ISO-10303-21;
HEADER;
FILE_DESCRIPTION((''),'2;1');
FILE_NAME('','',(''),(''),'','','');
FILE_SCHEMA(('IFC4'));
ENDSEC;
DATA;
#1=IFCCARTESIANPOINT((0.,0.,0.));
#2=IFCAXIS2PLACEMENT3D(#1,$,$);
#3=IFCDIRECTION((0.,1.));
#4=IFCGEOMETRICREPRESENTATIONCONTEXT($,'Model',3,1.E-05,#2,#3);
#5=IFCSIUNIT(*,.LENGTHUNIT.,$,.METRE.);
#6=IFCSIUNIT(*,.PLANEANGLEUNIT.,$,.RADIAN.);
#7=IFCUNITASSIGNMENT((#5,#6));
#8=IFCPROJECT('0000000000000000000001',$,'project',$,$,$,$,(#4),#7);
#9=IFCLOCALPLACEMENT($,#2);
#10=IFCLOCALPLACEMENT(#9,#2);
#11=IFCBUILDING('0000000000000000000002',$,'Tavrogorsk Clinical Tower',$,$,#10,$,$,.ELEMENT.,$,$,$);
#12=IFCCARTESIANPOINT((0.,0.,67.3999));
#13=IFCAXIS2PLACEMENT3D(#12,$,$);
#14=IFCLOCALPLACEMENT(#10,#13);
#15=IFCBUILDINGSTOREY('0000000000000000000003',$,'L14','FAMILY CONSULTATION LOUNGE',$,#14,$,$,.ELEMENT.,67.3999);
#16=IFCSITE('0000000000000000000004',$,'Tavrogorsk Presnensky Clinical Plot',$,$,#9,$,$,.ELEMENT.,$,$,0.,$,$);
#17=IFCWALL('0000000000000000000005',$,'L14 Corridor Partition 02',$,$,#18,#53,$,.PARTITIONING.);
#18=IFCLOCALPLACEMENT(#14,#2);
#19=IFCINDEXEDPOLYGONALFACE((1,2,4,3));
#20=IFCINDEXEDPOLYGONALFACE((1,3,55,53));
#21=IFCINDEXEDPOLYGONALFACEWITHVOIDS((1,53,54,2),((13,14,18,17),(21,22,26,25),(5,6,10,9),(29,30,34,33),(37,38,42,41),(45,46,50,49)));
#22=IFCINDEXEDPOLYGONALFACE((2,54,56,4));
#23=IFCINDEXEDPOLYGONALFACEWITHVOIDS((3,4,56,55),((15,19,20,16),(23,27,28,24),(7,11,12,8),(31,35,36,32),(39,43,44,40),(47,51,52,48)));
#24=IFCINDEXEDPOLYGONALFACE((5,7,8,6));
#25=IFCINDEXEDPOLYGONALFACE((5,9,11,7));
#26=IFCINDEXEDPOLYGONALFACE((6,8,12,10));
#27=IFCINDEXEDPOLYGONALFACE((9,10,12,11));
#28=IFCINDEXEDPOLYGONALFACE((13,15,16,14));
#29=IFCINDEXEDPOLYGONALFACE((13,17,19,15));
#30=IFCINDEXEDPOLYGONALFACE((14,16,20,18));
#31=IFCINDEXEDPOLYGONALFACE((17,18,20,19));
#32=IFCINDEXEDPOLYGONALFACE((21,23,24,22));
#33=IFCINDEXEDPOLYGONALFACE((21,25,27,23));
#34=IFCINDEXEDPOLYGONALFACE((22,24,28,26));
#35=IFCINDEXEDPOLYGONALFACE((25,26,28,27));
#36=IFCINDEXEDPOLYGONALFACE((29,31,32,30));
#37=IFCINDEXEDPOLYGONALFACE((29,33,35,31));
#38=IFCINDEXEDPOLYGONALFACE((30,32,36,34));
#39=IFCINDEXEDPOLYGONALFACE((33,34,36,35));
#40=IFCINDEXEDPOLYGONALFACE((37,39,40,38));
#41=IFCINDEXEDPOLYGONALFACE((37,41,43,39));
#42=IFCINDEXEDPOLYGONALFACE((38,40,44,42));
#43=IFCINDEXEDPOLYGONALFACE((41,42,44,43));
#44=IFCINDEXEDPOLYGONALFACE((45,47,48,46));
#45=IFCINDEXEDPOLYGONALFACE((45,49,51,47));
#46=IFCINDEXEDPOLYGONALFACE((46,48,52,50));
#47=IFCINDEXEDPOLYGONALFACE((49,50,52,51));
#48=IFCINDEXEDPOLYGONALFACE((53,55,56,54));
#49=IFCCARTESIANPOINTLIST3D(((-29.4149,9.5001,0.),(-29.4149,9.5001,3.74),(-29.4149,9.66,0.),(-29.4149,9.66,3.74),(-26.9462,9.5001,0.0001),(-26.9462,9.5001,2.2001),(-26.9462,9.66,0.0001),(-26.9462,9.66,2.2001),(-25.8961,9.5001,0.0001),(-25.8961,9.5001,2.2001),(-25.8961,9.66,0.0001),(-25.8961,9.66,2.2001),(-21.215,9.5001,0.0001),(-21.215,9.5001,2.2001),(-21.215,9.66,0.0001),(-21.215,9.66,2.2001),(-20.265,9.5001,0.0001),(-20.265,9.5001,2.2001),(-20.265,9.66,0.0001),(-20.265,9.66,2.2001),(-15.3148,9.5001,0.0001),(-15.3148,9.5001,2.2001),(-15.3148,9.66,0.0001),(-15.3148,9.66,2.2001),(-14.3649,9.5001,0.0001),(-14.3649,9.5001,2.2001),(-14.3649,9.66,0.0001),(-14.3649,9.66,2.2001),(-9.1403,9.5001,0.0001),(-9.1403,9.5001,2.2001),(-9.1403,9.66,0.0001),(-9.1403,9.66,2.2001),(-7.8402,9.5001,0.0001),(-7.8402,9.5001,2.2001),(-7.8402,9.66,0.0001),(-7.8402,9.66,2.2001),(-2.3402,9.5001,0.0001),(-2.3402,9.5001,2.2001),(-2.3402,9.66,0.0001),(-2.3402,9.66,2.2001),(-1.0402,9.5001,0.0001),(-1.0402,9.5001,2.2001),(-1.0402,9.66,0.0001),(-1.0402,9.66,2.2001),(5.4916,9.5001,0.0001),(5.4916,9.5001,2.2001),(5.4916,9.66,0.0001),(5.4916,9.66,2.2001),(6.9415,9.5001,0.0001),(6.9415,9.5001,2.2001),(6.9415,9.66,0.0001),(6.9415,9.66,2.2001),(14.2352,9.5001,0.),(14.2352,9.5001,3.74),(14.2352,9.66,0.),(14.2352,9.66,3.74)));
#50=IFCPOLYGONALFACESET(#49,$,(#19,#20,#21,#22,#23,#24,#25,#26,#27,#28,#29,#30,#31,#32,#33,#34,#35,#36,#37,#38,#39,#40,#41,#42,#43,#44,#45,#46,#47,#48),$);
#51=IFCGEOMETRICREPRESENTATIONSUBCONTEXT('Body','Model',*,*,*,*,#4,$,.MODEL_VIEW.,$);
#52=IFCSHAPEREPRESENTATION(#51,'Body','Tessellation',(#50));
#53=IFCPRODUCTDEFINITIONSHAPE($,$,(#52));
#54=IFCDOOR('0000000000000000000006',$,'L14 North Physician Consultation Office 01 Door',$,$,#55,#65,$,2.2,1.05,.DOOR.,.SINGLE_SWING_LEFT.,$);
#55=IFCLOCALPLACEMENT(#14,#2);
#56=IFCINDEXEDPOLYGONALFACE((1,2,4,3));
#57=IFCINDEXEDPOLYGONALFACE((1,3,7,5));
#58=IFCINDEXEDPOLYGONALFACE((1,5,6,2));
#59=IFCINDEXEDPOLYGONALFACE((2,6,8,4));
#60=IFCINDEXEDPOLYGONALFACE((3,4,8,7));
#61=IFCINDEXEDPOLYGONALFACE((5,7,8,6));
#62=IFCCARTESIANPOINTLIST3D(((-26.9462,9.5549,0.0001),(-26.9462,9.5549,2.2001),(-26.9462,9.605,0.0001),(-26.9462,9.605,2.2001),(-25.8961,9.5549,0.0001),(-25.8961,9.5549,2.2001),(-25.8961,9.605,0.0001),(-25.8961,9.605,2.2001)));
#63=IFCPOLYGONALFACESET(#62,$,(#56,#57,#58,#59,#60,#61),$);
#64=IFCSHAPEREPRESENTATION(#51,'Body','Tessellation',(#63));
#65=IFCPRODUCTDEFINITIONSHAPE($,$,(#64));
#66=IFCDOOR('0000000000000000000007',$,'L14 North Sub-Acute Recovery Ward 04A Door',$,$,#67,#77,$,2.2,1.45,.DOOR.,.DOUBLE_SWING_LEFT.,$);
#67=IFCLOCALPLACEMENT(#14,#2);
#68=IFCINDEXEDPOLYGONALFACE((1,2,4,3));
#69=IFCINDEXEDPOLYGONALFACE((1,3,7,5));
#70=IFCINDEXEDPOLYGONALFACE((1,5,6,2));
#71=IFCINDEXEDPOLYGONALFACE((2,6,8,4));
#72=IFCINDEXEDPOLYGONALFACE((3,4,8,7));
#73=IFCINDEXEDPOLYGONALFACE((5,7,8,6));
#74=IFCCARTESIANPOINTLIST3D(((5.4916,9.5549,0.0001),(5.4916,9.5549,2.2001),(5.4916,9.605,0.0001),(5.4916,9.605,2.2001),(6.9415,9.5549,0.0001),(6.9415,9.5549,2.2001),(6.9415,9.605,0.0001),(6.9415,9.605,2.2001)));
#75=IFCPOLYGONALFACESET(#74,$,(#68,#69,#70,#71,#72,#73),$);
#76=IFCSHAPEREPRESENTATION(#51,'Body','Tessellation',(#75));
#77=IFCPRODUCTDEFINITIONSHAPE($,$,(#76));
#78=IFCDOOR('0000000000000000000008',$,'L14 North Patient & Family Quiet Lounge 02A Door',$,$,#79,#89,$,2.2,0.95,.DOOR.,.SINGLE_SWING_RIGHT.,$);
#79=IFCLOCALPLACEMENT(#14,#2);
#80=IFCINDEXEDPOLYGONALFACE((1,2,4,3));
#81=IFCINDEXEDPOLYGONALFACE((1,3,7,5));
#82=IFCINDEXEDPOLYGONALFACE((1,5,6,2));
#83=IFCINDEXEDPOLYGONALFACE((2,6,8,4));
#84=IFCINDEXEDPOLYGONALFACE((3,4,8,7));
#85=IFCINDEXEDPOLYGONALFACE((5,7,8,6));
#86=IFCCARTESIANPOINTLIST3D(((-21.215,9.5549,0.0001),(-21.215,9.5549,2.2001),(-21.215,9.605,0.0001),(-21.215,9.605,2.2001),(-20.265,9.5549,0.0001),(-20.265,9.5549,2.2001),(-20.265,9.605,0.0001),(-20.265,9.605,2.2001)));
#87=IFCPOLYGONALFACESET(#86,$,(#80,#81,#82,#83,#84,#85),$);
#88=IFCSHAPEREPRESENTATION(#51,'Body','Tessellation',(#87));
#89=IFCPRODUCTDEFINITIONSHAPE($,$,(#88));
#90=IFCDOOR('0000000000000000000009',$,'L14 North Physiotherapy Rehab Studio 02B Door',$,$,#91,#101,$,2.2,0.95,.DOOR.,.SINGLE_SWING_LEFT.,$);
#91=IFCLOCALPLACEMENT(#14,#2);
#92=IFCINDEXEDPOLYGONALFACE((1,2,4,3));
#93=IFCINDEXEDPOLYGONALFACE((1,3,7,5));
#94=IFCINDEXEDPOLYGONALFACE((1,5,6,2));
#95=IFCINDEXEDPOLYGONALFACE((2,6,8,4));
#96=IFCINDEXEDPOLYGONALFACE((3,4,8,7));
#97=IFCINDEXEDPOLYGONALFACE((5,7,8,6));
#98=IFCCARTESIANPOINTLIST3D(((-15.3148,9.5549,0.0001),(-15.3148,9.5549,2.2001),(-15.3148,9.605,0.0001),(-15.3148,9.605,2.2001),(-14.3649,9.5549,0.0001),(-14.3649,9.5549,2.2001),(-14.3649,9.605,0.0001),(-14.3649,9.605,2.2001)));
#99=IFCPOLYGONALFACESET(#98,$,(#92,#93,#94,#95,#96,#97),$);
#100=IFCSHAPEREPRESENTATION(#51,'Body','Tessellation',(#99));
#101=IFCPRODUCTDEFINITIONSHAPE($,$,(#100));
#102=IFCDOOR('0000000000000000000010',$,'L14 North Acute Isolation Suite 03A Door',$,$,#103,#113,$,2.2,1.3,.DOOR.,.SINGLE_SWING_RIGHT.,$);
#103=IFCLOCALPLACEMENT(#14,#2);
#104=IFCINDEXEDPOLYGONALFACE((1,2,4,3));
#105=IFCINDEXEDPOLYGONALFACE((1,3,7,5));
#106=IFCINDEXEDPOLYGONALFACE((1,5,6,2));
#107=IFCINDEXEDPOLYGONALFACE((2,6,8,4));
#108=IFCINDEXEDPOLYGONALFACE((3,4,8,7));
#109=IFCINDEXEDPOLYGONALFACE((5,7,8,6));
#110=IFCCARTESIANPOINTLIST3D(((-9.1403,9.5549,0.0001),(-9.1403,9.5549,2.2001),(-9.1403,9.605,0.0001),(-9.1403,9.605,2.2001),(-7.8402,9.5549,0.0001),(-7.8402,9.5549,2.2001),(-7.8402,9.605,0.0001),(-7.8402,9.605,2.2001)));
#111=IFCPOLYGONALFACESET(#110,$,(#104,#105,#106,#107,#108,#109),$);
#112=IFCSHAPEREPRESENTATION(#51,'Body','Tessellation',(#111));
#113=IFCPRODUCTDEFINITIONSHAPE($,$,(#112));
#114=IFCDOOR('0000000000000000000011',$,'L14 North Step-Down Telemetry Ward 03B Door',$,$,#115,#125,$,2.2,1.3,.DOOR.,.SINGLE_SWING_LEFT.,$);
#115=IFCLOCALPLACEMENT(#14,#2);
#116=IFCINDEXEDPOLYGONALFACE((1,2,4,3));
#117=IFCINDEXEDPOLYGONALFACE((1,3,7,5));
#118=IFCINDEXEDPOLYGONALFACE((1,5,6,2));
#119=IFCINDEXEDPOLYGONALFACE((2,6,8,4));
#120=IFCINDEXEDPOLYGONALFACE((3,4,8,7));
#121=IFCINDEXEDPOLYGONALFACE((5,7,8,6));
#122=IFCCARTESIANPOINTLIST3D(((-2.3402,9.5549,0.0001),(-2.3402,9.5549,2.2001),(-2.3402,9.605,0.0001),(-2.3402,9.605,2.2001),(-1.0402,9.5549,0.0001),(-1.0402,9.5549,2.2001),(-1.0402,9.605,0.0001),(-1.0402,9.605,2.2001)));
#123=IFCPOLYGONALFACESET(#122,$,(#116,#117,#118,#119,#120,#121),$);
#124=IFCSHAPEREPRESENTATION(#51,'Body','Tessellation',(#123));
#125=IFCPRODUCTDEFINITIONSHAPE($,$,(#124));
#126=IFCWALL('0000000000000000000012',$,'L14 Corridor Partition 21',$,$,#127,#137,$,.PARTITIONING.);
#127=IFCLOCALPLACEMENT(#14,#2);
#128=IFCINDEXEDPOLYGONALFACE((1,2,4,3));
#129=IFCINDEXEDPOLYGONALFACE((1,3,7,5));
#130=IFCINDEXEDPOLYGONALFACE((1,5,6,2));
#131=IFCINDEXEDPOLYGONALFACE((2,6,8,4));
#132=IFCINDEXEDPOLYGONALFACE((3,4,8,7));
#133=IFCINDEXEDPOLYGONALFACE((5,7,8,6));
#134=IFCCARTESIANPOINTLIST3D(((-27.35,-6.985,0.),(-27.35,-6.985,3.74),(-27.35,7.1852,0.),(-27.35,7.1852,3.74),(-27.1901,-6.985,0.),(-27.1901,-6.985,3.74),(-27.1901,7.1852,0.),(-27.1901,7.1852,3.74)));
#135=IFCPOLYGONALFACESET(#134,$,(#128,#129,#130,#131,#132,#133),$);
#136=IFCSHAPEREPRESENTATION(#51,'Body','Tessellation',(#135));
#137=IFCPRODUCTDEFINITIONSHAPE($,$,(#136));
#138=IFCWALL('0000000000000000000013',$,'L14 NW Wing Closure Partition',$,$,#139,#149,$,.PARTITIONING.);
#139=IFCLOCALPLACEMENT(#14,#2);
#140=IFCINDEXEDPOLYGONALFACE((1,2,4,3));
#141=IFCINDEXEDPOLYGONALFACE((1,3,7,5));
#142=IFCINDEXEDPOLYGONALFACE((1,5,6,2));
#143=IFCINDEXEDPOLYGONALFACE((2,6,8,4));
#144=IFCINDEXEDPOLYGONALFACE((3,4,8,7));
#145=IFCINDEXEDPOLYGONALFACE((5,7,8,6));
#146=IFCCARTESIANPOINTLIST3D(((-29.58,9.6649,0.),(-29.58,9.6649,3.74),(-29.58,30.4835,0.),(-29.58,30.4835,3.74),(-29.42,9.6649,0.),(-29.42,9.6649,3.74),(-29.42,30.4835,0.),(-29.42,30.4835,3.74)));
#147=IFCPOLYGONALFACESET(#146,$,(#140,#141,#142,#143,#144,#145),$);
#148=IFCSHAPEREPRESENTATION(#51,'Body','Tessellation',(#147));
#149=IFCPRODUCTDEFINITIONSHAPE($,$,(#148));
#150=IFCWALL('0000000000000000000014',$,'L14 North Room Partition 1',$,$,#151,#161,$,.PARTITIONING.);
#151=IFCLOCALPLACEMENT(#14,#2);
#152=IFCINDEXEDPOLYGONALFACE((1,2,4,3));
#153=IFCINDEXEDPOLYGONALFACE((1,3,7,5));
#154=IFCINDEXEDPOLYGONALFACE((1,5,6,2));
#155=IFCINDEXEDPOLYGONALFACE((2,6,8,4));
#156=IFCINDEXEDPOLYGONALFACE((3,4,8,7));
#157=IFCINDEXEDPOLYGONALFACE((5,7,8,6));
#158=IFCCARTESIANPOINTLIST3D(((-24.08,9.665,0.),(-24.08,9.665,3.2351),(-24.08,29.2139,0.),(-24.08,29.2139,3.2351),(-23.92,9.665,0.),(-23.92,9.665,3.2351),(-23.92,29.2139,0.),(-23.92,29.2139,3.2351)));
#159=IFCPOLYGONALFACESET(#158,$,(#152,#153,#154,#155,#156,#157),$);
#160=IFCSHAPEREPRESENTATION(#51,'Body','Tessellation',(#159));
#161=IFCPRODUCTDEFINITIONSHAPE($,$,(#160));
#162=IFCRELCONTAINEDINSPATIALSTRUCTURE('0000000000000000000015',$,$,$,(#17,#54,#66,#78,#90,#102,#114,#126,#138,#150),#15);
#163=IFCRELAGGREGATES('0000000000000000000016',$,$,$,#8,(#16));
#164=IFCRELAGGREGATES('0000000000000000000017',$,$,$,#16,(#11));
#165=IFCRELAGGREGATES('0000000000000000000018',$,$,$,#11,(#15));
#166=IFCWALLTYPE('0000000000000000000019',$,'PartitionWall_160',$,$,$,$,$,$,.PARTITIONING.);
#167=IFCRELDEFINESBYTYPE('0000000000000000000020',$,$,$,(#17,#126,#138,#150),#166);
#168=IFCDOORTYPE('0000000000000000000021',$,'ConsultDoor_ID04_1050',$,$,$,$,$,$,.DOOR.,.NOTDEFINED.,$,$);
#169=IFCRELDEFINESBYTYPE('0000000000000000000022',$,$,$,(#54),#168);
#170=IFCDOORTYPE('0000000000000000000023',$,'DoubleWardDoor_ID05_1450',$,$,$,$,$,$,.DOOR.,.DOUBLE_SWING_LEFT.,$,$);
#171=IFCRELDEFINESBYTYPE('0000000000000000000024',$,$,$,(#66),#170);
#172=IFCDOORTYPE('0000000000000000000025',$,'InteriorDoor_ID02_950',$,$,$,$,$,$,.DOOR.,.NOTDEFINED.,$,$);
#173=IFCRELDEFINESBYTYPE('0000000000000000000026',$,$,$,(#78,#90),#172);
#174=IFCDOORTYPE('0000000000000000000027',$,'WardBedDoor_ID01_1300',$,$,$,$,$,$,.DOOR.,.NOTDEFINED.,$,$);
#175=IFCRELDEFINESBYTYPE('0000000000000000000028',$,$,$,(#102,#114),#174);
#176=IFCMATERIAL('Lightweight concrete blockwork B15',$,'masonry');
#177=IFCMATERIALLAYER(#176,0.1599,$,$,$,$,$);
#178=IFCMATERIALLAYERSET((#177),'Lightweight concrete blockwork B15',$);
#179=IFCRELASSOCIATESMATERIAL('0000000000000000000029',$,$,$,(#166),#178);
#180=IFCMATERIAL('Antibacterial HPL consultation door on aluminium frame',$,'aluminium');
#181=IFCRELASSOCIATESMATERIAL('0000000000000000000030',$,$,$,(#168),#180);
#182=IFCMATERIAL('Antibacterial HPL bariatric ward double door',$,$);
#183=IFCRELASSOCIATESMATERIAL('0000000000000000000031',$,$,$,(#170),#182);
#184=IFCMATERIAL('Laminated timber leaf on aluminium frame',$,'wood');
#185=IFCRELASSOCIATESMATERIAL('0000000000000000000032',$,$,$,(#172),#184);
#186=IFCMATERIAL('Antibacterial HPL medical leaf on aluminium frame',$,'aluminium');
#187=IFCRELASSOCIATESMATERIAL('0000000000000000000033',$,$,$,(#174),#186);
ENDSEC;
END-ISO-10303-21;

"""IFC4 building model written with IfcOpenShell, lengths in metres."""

from ifc_helpers import new_model, si_unit, direction, frame, frame_2d, origin, place, context, subcontext, project, spatial, rectangle, extrude, material, layer, layer_set, type_object, element, fill, save


model = new_model("IFC4")

# Units and contexts
model_context = context("Model", 3, precision=1e-05, world=origin(), true_north=direction((0.0, 1.0)))
body_context = subcontext(model_context, "Body", "Model", "MODEL_VIEW")
ifc_project = project(units=[si_unit("LENGTHUNIT", "METRE"), si_unit("PLANEANGLEUNIT", "RADIAN")], contexts=[model_context])

# Site, building, storey
site_placement = place(None, origin())
site = spatial("IfcSite", under=ifc_project, at=site_placement, Name="Tavrogorsk Presnensky Clinical Plot", CompositionType="ELEMENT", RefElevation=0.0)
building_placement = place(site_placement, origin())
building = spatial("IfcBuilding", under=site, at=building_placement, Name="Tavrogorsk Clinical Tower", CompositionType="ELEMENT")
storey_placement = place(building_placement, frame((0.0, 0.0, 67.3999)))
storey = spatial("IfcBuildingStorey", under=building, at=storey_placement, Name="L14", Description="FAMILY CONSULTATION LOUNGE", CompositionType="ELEMENT", Elevation=67.3999)

# Wall, openings, doors
ifc_material_1 = material(Name="Lightweight concrete blockwork B15", Category="masonry")
ifc_layer_1 = layer(ifc_material_1, 0.1599)
ifc_layer_set_1 = layer_set([ifc_layer_1], Name="Lightweight concrete blockwork B15")
wall_type_1 = type_object("IfcWallType", Name="PartitionWall_160", PredefinedType="PARTITIONING", material=ifc_layer_set_1)
wall_1_placement = place(storey_placement, frame((-29.415, 9.5801, 0.0), z_axis=(0.0, 0.0, 1.0), x_axis=(1.0, 0.0, 0.0)))
wall_1 = element("IfcWall", 1, at=wall_1_placement, inside=storey, type_object=wall_type_1, Name="L14 Corridor Partition 02", PredefinedType="PARTITIONING", context=body_context, shape_type="SweptSolid", body=[
    extrude(rectangle(XDim=43.6501, YDim=0.1599, at=frame_2d((21.8252, 0.0))), origin(), (0.0, 0.0, 1.0), 3.74),
])
opening_1_placement = place(wall_1_placement, frame((2.469, 0.0, 0.0)))
opening_1 = element("IfcOpeningElement", 2, at=opening_1_placement, cuts=wall_1, PredefinedType="OPENING", context=body_context, shape_type="SweptSolid", body=[
    extrude(rectangle(XDim=1.05, YDim=2.2, at=frame_2d((0.5249, 1.1001))), frame((0.0, 0.0898, 0.0), z_axis=(0.0, -1.0, 0.0), x_axis=(1.0, 0.0, 0.0)), (0.0, 0.0, 1.0), 0.1799),
])
opening_2_placement = place(wall_1_placement, frame((8.2, 0.0, 0.0)))
opening_2 = element("IfcOpeningElement", 3, at=opening_2_placement, cuts=wall_1, PredefinedType="OPENING", context=body_context, shape_type="SweptSolid", body=[
    extrude(rectangle(XDim=0.95, YDim=2.2, at=frame_2d((0.4751, 1.1001))), frame((0.0, 0.0898, 0.0), z_axis=(0.0, -1.0, 0.0), x_axis=(1.0, 0.0, 0.0)), (0.0, 0.0, 1.0), 0.1799),
])
opening_3_placement = place(wall_1_placement, frame((14.1001, 0.0, 0.0)))
opening_3 = element("IfcOpeningElement", 4, at=opening_3_placement, cuts=wall_1, PredefinedType="OPENING", context=body_context, shape_type="SweptSolid", body=[
    extrude(rectangle(XDim=0.95, YDim=2.2, at=frame_2d((0.4751, 1.1001))), frame((0.0, 0.0898, 0.0), z_axis=(0.0, -1.0, 0.0), x_axis=(1.0, 0.0, 0.0)), (0.0, 0.0, 1.0), 0.1799),
])
opening_4_placement = place(wall_1_placement, frame((20.2749, 0.0, 0.0)))
opening_4 = element("IfcOpeningElement", 5, at=opening_4_placement, cuts=wall_1, PredefinedType="OPENING", context=body_context, shape_type="SweptSolid", body=[
    extrude(rectangle(XDim=1.3, YDim=2.2, at=frame_2d((0.6499, 1.1001))), frame((0.0, 0.0898, 0.0), z_axis=(0.0, -1.0, 0.0), x_axis=(1.0, 0.0, 0.0)), (0.0, 0.0, 1.0), 0.1799),
])
opening_5_placement = place(wall_1_placement, frame((27.075, 0.0, 0.0)))
opening_5 = element("IfcOpeningElement", 6, at=opening_5_placement, cuts=wall_1, PredefinedType="OPENING", context=body_context, shape_type="SweptSolid", body=[
    extrude(rectangle(XDim=1.3, YDim=2.2, at=frame_2d((0.6499, 1.1001))), frame((0.0, 0.0898, 0.0), z_axis=(0.0, -1.0, 0.0), x_axis=(1.0, 0.0, 0.0)), (0.0, 0.0, 1.0), 0.1799),
])
opening_6_placement = place(wall_1_placement, frame((34.9065, 0.0, 0.0)))
opening_6 = element("IfcOpeningElement", 7, at=opening_6_placement, cuts=wall_1, PredefinedType="OPENING", context=body_context, shape_type="SweptSolid", body=[
    extrude(rectangle(XDim=1.45, YDim=2.2, at=frame_2d((0.7251, 1.1001))), frame((0.0, 0.0898, 0.0), z_axis=(0.0, -1.0, 0.0), x_axis=(1.0, 0.0, 0.0)), (0.0, 0.0, 1.0), 0.1799),
])
ifc_material_2 = material(Name="Antibacterial HPL consultation door on aluminium frame", Category="aluminium")
door_type_1 = type_object("IfcDoorType", Name="ConsultDoor_ID04_1050", OperationType="NOTDEFINED", PredefinedType="DOOR", material=ifc_material_2)
door_1_placement = place(opening_1_placement, origin())
door_1 = element("IfcDoor", 8, at=door_1_placement, inside=storey, type_object=door_type_1, Name="L14 North Physician Consultation Office 01 Door", OperationType="SINGLE_SWING_LEFT", OverallHeight=2.2, OverallWidth=1.05, PredefinedType="DOOR", context=body_context, shape_type="SweptSolid", body=[
    extrude(rectangle(XDim=1.05, YDim=2.2, at=frame_2d((0.5249, 1.1001))), frame((0.0, 0.0249, 0.0), z_axis=(0.0, -1.0, 0.0), x_axis=(1.0, 0.0, 0.0)), (0.0, 0.0, 1.0), 0.05),
])
fill(opening_1, door_1)
ifc_material_3 = material(Name="Antibacterial HPL bariatric ward double door")
door_type_2 = type_object("IfcDoorType", Name="DoubleWardDoor_ID05_1450", OperationType="DOUBLE_SWING_LEFT", PredefinedType="DOOR", material=ifc_material_3)
door_2_placement = place(opening_6_placement, origin())
door_2 = element("IfcDoor", 9, at=door_2_placement, inside=storey, type_object=door_type_2, Name="L14 North Sub-Acute Recovery Ward 04A Door", OperationType="DOUBLE_SWING_LEFT", OverallHeight=2.2, OverallWidth=1.45, PredefinedType="DOOR", context=body_context, shape_type="SweptSolid", body=[
    extrude(rectangle(XDim=1.45, YDim=2.2, at=frame_2d((0.7251, 1.1001))), frame((0.0, 0.0249, 0.0), z_axis=(0.0, -1.0, 0.0), x_axis=(1.0, 0.0, 0.0)), (0.0, 0.0, 1.0), 0.05),
])
fill(opening_6, door_2)
ifc_material_4 = material(Name="Laminated timber leaf on aluminium frame", Category="wood")
door_type_3 = type_object("IfcDoorType", Name="InteriorDoor_ID02_950", OperationType="NOTDEFINED", PredefinedType="DOOR", material=ifc_material_4)
door_3_placement = place(opening_2_placement, origin())
door_3 = element("IfcDoor", 10, at=door_3_placement, inside=storey, type_object=door_type_3, Name="L14 North Patient & Family Quiet Lounge 02A Door", OperationType="SINGLE_SWING_RIGHT", OverallHeight=2.2, OverallWidth=0.95, PredefinedType="DOOR", context=body_context, shape_type="SweptSolid", body=[
    extrude(rectangle(XDim=0.95, YDim=2.2, at=frame_2d((0.4751, 1.1001))), frame((0.0, 0.0249, 0.0), z_axis=(0.0, -1.0, 0.0), x_axis=(1.0, 0.0, 0.0)), (0.0, 0.0, 1.0), 0.05),
])
fill(opening_2, door_3)
door_4_placement = place(opening_3_placement, origin())
door_4 = element("IfcDoor", 11, at=door_4_placement, inside=storey, type_object=door_type_3, Name="L14 North Physiotherapy Rehab Studio 02B Door", OperationType="SINGLE_SWING_LEFT", OverallHeight=2.2, OverallWidth=0.95, PredefinedType="DOOR", context=body_context, shape_type="SweptSolid", body=[
    extrude(rectangle(XDim=0.95, YDim=2.2, at=frame_2d((0.4751, 1.1001))), frame((0.0, 0.0249, 0.0), z_axis=(0.0, -1.0, 0.0), x_axis=(1.0, 0.0, 0.0)), (0.0, 0.0, 1.0), 0.05),
])
fill(opening_3, door_4)
ifc_material_5 = material(Name="Antibacterial HPL medical leaf on aluminium frame", Category="aluminium")
door_type_4 = type_object("IfcDoorType", Name="WardBedDoor_ID01_1300", OperationType="NOTDEFINED", PredefinedType="DOOR", material=ifc_material_5)
door_5_placement = place(opening_4_placement, origin())
door_5 = element("IfcDoor", 12, at=door_5_placement, inside=storey, type_object=door_type_4, Name="L14 North Acute Isolation Suite 03A Door", OperationType="SINGLE_SWING_RIGHT", OverallHeight=2.2, OverallWidth=1.3, PredefinedType="DOOR", context=body_context, shape_type="SweptSolid", body=[
    extrude(rectangle(XDim=1.3, YDim=2.2, at=frame_2d((0.6499, 1.1001))), frame((0.0, 0.0249, 0.0), z_axis=(0.0, -1.0, 0.0), x_axis=(1.0, 0.0, 0.0)), (0.0, 0.0, 1.0), 0.05),
])
fill(opening_4, door_5)
door_6_placement = place(opening_5_placement, origin())
door_6 = element("IfcDoor", 13, at=door_6_placement, inside=storey, type_object=door_type_4, Name="L14 North Step-Down Telemetry Ward 03B Door", OperationType="SINGLE_SWING_LEFT", OverallHeight=2.2, OverallWidth=1.3, PredefinedType="DOOR", context=body_context, shape_type="SweptSolid", body=[
    extrude(rectangle(XDim=1.3, YDim=2.2, at=frame_2d((0.6499, 1.1001))), frame((0.0, 0.0249, 0.0), z_axis=(0.0, -1.0, 0.0), x_axis=(1.0, 0.0, 0.0)), (0.0, 0.0, 1.0), 0.05),
])
fill(opening_5, door_6)

# Walls
wall_2_placement = place(storey_placement, frame((-27.27, 7.1851, 0.0), z_axis=(0.0, 0.0, 1.0), x_axis=(0.0, -1.0, 0.0)))
element("IfcWall", 14, at=wall_2_placement, inside=storey, type_object=wall_type_1, Name="L14 Corridor Partition 21", PredefinedType="PARTITIONING", context=body_context, shape_type="SweptSolid", body=[
    extrude(rectangle(XDim=14.1702, YDim=0.1599, at=frame_2d((7.085, 0.0))), origin(), (0.0, 0.0, 1.0), 3.74),
])
wall_3_placement = place(storey_placement, frame((-29.5, 9.665, 0.0), z_axis=(0.0, 0.0, 1.0), x_axis=(0.0, 1.0, 0.0)))
element("IfcWall", 15, at=wall_3_placement, inside=storey, type_object=wall_type_1, Name="L14 NW Wing Closure Partition", PredefinedType="PARTITIONING", context=body_context, shape_type="SweptSolid", body=[
    extrude(rectangle(XDim=20.8186, YDim=0.1599, at=frame_2d((10.4092, 0.0))), origin(), (0.0, 0.0, 1.0), 3.74),
])
wall_4_placement = place(storey_placement, frame((-24.0, 9.665, 0.0), z_axis=(0.0, 0.0, 1.0), x_axis=(0.0, 1.0, 0.0)))
element("IfcWall", 16, at=wall_4_placement, inside=storey, type_object=wall_type_1, Name="L14 North Room Partition 1", PredefinedType="PARTITIONING", context=body_context, shape_type="SweptSolid", body=[
    extrude(rectangle(XDim=19.5488, YDim=0.1599, at=frame_2d((9.7744, 0.0))), origin(), (0.0, 0.0, 1.0), 3.2351),
])

save(model, "model.ifc")
